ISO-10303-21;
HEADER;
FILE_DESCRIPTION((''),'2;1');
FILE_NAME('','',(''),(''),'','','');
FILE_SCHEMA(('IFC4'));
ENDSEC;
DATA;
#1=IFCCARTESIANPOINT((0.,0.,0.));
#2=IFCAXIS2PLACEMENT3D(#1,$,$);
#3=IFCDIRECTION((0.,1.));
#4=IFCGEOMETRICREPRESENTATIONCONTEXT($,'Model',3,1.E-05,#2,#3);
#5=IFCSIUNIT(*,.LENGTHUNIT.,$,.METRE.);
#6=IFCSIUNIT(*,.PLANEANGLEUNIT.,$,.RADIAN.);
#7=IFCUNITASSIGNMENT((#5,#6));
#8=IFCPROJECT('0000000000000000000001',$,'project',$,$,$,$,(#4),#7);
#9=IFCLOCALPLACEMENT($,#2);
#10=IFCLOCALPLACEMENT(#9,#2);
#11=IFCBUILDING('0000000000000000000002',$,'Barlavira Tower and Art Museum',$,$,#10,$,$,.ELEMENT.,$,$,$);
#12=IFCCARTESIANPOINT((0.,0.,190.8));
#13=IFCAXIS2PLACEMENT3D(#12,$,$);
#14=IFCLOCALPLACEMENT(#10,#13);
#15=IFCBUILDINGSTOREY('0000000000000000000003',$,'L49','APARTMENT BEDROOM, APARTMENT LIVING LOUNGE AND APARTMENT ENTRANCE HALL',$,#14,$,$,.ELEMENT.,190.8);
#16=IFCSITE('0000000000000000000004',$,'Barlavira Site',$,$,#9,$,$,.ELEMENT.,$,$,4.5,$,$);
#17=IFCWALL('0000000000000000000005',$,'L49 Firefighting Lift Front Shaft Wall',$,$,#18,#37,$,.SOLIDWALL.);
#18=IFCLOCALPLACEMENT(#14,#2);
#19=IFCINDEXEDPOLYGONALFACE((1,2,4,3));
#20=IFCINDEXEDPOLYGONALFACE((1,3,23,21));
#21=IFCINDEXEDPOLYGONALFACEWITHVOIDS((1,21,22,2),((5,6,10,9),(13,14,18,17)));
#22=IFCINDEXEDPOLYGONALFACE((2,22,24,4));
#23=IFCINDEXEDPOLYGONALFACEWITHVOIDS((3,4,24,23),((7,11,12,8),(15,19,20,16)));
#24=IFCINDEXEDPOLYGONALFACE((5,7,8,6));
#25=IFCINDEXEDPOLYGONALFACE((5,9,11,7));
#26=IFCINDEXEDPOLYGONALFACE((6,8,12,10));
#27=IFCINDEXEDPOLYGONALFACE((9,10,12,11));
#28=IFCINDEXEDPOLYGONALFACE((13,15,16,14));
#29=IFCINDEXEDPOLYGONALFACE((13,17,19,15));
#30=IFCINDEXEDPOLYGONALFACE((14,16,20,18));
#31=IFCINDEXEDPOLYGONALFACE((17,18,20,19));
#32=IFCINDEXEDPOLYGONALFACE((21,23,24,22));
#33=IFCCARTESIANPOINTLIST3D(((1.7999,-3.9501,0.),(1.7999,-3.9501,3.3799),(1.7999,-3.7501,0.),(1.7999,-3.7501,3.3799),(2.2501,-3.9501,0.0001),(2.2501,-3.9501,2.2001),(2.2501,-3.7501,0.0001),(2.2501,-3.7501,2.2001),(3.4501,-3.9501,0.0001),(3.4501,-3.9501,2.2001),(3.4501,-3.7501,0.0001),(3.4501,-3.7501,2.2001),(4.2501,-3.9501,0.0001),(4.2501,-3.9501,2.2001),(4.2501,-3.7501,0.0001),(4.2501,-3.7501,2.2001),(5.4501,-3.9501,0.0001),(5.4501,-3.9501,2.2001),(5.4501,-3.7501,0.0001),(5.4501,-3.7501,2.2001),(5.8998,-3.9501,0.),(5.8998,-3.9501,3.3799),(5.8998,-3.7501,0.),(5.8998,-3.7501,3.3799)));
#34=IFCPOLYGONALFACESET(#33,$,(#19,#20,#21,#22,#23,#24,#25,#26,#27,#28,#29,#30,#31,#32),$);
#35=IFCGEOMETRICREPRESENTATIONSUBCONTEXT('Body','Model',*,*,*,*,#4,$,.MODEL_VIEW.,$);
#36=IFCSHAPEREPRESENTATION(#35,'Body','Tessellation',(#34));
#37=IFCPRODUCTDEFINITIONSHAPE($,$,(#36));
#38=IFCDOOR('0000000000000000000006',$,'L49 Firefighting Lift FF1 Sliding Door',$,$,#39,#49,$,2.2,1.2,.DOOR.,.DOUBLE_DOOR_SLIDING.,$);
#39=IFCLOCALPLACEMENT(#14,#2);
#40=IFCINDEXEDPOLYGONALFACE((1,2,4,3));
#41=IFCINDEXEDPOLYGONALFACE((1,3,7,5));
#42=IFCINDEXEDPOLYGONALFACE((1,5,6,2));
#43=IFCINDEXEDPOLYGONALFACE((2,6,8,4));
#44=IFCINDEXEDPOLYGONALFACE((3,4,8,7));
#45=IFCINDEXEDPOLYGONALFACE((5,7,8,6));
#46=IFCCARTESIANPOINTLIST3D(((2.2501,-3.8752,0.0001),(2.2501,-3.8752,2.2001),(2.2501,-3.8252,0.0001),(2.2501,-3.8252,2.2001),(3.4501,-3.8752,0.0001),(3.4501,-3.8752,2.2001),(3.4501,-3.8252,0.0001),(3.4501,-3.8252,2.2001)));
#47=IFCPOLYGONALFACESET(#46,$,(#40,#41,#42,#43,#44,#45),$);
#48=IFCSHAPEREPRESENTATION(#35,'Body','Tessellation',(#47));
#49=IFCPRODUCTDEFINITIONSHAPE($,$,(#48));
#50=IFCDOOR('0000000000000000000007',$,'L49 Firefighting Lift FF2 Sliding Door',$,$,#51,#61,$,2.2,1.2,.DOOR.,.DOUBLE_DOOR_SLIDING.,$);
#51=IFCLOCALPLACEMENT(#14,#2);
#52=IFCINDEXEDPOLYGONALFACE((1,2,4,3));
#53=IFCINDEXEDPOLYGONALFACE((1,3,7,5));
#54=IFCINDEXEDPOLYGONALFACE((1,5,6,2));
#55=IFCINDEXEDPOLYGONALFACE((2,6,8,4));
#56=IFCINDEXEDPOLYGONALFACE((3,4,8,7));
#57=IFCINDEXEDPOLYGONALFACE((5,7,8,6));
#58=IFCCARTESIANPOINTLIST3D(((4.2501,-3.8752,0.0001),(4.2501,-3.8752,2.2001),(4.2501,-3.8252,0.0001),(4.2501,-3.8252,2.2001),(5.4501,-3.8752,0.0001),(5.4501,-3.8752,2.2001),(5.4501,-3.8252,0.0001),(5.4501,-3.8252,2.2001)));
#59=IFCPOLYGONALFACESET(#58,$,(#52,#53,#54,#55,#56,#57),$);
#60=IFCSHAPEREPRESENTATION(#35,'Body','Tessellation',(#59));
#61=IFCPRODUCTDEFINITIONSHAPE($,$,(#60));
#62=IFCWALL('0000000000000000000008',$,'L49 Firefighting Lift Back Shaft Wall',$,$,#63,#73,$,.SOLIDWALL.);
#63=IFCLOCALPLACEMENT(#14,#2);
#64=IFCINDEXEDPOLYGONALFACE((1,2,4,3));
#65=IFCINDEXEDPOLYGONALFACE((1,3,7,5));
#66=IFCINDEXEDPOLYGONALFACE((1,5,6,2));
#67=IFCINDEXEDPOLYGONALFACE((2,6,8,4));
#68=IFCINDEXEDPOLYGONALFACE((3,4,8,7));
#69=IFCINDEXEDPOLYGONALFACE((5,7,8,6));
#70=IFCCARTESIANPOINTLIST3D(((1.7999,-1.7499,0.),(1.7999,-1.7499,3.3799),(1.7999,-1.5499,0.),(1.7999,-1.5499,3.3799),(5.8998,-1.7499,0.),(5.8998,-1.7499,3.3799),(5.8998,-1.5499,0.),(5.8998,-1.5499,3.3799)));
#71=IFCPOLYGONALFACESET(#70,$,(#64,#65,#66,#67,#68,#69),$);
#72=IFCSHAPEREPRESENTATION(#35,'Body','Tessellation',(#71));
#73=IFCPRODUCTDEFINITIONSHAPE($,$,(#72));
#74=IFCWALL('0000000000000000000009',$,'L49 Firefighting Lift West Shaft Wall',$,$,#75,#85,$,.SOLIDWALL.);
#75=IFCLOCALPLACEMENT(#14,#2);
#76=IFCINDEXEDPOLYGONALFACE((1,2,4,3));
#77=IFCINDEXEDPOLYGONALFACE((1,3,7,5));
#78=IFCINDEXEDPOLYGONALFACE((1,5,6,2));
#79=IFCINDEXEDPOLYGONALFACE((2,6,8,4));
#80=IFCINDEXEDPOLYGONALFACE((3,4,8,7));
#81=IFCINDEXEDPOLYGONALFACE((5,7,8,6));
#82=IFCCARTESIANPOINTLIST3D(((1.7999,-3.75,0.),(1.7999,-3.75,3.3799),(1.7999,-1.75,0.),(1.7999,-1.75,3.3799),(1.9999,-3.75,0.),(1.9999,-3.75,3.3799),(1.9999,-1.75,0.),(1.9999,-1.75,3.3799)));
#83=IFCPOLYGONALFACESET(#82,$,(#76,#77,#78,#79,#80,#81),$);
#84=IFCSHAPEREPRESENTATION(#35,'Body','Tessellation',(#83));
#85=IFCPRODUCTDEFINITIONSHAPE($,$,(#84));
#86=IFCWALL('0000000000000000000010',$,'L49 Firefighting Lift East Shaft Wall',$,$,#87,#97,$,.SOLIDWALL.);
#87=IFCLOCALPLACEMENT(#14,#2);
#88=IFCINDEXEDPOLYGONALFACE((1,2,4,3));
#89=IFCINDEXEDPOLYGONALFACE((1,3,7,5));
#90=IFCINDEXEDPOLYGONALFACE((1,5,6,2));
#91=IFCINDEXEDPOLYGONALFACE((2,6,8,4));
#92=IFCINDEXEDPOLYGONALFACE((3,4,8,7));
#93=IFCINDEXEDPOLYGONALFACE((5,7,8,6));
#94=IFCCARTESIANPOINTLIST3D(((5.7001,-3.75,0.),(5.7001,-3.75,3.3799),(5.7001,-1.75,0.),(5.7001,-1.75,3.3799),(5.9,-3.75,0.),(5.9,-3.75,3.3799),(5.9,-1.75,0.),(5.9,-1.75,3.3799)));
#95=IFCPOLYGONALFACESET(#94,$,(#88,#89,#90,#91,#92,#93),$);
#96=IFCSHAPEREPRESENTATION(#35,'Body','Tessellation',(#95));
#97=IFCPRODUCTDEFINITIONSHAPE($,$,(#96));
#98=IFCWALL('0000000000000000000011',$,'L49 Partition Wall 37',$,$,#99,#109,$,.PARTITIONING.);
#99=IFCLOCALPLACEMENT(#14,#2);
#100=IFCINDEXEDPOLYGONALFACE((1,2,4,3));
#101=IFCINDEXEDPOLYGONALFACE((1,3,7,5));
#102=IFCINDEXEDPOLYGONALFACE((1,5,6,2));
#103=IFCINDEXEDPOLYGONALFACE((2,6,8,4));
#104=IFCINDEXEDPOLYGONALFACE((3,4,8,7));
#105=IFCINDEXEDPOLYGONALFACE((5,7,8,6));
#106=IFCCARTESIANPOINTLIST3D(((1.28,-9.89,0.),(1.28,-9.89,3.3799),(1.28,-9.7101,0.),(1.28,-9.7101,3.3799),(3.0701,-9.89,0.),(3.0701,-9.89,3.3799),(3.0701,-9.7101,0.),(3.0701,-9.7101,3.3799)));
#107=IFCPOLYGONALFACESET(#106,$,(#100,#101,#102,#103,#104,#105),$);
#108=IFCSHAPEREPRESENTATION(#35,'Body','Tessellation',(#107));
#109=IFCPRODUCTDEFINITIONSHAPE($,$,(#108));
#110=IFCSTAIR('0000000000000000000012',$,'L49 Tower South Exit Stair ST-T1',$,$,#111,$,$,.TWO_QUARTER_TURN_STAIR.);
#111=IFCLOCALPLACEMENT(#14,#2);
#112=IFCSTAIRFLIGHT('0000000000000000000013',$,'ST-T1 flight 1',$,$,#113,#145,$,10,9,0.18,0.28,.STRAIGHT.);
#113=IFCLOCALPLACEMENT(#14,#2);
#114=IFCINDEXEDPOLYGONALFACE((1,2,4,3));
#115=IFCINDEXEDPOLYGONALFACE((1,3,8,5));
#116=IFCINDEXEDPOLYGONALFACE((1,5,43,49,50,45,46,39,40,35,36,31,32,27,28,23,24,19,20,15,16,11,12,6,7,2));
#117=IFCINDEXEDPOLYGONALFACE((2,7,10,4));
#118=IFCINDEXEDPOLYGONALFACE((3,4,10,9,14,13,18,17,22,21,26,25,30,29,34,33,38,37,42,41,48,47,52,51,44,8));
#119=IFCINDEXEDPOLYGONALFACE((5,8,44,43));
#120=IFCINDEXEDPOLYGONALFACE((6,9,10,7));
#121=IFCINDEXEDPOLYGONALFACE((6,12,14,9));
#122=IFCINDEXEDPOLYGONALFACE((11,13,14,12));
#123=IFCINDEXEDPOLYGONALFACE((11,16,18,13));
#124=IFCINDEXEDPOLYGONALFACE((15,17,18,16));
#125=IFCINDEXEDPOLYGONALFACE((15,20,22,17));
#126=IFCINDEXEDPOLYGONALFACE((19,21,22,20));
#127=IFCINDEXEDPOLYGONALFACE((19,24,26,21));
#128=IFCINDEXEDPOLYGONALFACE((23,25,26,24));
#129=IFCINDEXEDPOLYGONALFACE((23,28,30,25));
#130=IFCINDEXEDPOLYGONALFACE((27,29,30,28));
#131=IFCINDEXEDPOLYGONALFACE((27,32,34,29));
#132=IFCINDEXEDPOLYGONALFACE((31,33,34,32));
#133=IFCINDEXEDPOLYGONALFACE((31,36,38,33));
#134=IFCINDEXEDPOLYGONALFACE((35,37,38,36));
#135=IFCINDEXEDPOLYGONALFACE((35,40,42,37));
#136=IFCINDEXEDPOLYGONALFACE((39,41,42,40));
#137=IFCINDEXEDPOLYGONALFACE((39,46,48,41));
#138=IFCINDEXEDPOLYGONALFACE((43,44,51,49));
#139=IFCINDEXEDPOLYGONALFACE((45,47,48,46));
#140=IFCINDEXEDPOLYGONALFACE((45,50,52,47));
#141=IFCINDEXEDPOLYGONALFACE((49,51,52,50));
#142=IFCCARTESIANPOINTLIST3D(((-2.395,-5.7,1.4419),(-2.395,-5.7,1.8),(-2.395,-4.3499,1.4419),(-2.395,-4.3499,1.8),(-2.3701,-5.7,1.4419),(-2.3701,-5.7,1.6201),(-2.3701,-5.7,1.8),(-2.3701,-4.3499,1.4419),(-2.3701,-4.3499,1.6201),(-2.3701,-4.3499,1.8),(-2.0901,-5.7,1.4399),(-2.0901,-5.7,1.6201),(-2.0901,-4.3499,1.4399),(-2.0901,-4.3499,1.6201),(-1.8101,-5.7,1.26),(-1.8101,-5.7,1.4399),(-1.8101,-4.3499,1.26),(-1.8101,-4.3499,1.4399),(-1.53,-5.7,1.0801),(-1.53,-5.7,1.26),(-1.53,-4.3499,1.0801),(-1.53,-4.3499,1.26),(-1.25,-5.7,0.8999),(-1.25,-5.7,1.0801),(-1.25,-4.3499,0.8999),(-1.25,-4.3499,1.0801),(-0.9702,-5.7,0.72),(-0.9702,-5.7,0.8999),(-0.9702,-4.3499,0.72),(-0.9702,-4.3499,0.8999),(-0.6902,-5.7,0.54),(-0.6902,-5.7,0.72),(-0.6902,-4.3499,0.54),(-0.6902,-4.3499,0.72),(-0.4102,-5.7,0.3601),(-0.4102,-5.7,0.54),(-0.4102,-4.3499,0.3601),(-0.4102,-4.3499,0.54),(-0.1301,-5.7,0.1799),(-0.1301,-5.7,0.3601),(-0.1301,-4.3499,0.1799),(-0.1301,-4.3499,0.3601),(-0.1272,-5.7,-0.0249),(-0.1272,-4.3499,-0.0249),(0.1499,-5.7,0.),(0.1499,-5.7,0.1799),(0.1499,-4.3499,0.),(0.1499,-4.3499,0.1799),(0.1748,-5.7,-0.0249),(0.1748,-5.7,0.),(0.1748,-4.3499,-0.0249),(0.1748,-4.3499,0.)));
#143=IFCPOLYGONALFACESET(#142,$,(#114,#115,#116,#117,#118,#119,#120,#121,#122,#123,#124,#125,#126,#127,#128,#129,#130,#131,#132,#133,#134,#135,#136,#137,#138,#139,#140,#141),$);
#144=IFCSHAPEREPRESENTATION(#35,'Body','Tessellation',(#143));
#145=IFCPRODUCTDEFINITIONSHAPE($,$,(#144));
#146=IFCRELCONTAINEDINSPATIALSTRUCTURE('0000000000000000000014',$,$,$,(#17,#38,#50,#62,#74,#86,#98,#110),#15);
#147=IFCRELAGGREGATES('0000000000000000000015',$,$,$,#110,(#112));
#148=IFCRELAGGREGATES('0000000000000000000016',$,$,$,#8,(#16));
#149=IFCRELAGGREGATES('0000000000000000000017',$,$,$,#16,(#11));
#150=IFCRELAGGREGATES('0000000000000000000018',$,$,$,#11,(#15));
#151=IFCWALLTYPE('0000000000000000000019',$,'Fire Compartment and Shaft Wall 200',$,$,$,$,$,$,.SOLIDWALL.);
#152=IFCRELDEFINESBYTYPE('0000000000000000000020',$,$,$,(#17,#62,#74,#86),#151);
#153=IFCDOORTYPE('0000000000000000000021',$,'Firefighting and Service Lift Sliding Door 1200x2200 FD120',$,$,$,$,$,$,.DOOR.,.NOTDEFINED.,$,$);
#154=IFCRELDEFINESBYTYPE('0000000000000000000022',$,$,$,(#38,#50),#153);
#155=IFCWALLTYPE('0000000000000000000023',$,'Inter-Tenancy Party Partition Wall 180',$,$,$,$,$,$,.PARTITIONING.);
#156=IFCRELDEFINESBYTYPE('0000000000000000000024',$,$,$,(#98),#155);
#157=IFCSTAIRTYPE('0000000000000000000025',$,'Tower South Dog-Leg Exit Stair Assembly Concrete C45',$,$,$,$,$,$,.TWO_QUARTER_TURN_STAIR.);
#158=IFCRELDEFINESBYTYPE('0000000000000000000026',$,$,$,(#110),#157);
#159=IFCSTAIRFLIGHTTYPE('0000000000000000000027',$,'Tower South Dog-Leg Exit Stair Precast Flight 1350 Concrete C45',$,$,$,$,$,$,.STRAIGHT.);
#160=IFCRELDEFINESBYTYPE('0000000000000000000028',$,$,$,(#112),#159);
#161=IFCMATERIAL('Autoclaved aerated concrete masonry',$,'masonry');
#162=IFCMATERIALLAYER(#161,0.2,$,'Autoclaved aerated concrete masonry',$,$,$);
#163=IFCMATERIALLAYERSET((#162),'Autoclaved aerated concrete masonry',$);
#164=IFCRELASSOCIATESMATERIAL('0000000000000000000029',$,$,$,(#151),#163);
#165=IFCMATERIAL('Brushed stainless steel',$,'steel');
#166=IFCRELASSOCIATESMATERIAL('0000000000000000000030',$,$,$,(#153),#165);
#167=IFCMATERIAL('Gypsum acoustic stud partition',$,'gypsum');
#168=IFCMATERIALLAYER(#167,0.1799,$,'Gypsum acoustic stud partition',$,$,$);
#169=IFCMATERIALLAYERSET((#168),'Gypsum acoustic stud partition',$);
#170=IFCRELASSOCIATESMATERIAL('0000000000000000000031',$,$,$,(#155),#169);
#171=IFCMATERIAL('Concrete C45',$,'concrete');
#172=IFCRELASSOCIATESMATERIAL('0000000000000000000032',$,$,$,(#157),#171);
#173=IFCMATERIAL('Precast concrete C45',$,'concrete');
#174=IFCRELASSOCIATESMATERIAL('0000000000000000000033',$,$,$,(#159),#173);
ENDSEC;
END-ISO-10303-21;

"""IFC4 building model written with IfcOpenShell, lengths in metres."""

from ifc_helpers import new_model, si_unit, direction, frame, frame_2d, origin, place, context, subcontext, project, spatial, polyline, rectangle, outline, extrude, material, layer, layer_set, type_object, element, fill, aggregate, save


model = new_model("IFC4")

# Units and contexts
model_context = context("Model", 3, precision=1e-05, world=origin(), true_north=direction((0.0, 1.0)))
body_context = subcontext(model_context, "Body", "Model", "MODEL_VIEW")
ifc_project = project(units=[si_unit("LENGTHUNIT", "METRE"), si_unit("PLANEANGLEUNIT", "RADIAN")], contexts=[model_context])

# Site, building, storey
site_placement = place(None, origin())
site = spatial("IfcSite", under=ifc_project, at=site_placement, Name="Barlavira Site", CompositionType="ELEMENT", RefElevation=4.5)
building_placement = place(site_placement, origin())
building = spatial("IfcBuilding", under=site, at=building_placement, Name="Barlavira Tower and Art Museum", CompositionType="ELEMENT")
storey_placement = place(building_placement, frame((0.0, 0.0, 190.8)))
storey = spatial("IfcBuildingStorey", under=building, at=storey_placement, Name="L49", Description="APARTMENT BEDROOM, APARTMENT LIVING LOUNGE AND APARTMENT ENTRANCE HALL", CompositionType="ELEMENT", Elevation=190.8)

# Shared definitions
ifc_material_1 = material(Name="Brushed stainless steel", Category="steel")

# Shared definitions
ifc_material_2 = material(Name="Autoclaved aerated concrete masonry", Category="masonry")
ifc_layer_1 = layer(ifc_material_2, 0.2, Name="Autoclaved aerated concrete masonry")
ifc_layer_set_1 = layer_set([ifc_layer_1], Name="Autoclaved aerated concrete masonry")
wall_type_1 = type_object("IfcWallType", Name="Fire Compartment and Shaft Wall 200", PredefinedType="SOLIDWALL", material=ifc_layer_set_1)

# Wall, openings, doors
wall_1_placement = place(storey_placement, frame((1.8, -3.8501, 0.0), z_axis=(0.0, 0.0, 1.0), x_axis=(1.0, 0.0, 0.0)))
wall_1 = element("IfcWall", 1, at=wall_1_placement, inside=storey, type_object=wall_type_1, Name="L49 Firefighting Lift Front Shaft Wall", PredefinedType="SOLIDWALL", context=body_context, shape_type="SweptSolid", body=[
    extrude(rectangle(XDim=4.0999, YDim=0.2, at=frame_2d((2.0498, 0.0))), origin(), (0.0, 0.0, 1.0), 3.3799),
])
opening_1_placement = place(wall_1_placement, frame((0.45, 0.0, 0.0)))
opening_1 = element("IfcOpeningElement", 2, at=opening_1_placement, cuts=wall_1, PredefinedType="OPENING", context=body_context, shape_type="SweptSolid", body=[
    extrude(rectangle(XDim=1.2, YDim=2.2, at=frame_2d((0.6001, 1.1001))), frame((0.0, 0.1099, 0.0), z_axis=(0.0, -1.0, 0.0), x_axis=(1.0, 0.0, 0.0)), (0.0, 0.0, 1.0), 0.22),
])
opening_2_placement = place(wall_1_placement, frame((2.45, 0.0, 0.0)))
opening_2 = element("IfcOpeningElement", 3, at=opening_2_placement, cuts=wall_1, PredefinedType="OPENING", context=body_context, shape_type="SweptSolid", body=[
    extrude(rectangle(XDim=1.2, YDim=2.2, at=frame_2d((0.6001, 1.1001))), frame((0.0, 0.1099, 0.0), z_axis=(0.0, -1.0, 0.0), x_axis=(1.0, 0.0, 0.0)), (0.0, 0.0, 1.0), 0.22),
])
door_type_1 = type_object("IfcDoorType", Name="Firefighting and Service Lift Sliding Door 1200x2200 FD120", OperationType="NOTDEFINED", PredefinedType="DOOR", material=ifc_material_1)
door_1_placement = place(opening_1_placement, origin())
door_1 = element("IfcDoor", 4, at=door_1_placement, inside=storey, type_object=door_type_1, Name="L49 Firefighting Lift FF1 Sliding Door", OperationType="DOUBLE_DOOR_SLIDING", OverallHeight=2.2, OverallWidth=1.2, PredefinedType="DOOR", context=body_context, shape_type="SweptSolid", body=[
    extrude(rectangle(XDim=1.2, YDim=2.2, at=frame_2d((0.6001, 1.1001))), frame((0.0, 0.0249, 0.0), z_axis=(0.0, -1.0, 0.0), x_axis=(1.0, 0.0, 0.0)), (0.0, 0.0, 1.0), 0.05),
])
fill(opening_1, door_1)
door_2_placement = place(opening_2_placement, origin())
door_2 = element("IfcDoor", 5, at=door_2_placement, inside=storey, type_object=door_type_1, Name="L49 Firefighting Lift FF2 Sliding Door", OperationType="DOUBLE_DOOR_SLIDING", OverallHeight=2.2, OverallWidth=1.2, PredefinedType="DOOR", context=body_context, shape_type="SweptSolid", body=[
    extrude(rectangle(XDim=1.2, YDim=2.2, at=frame_2d((0.6001, 1.1001))), frame((0.0, 0.0249, 0.0), z_axis=(0.0, -1.0, 0.0), x_axis=(1.0, 0.0, 0.0)), (0.0, 0.0, 1.0), 0.05),
])
fill(opening_2, door_2)

# Walls
wall_2_placement = place(storey_placement, frame((1.8, -1.6499, 0.0), z_axis=(0.0, 0.0, 1.0), x_axis=(1.0, 0.0, 0.0)))
element("IfcWall", 6, at=wall_2_placement, inside=storey, type_object=wall_type_1, Name="L49 Firefighting Lift Back Shaft Wall", PredefinedType="SOLIDWALL", context=body_context, shape_type="SweptSolid", body=[
    extrude(rectangle(XDim=4.0999, YDim=0.2, at=frame_2d((2.0498, 0.0))), origin(), (0.0, 0.0, 1.0), 3.3799),
])
for number, where, z_axis, x_axis, name in (
    (7, (1.8999, -3.75, 0.0), (0.0, 0.0, 1.0), (0.0, 1.0, 0.0), "L49 Firefighting Lift West Shaft Wall"),
    (8, (5.8, -3.75, 0.0), (0.0, 0.0, 1.0), (0.0, 1.0, 0.0), "L49 Firefighting Lift East Shaft Wall"),
):
    element("IfcWall", number, at=place(storey_placement, frame(where, z_axis=z_axis, x_axis=x_axis)), inside=storey, type_object=wall_type_1, Name=name, PredefinedType="SOLIDWALL", context=body_context, shape_type="SweptSolid", body=[
        extrude(rectangle(XDim=2.0, YDim=0.2, at=frame_2d((1.0, 0.0))), origin(), (0.0, 0.0, 1.0), 3.3799),
    ])
ifc_material_3 = material(Name="Gypsum acoustic stud partition", Category="gypsum")
ifc_layer_2 = layer(ifc_material_3, 0.1799, Name="Gypsum acoustic stud partition")
ifc_layer_set_2 = layer_set([ifc_layer_2], Name="Gypsum acoustic stud partition")
wall_type_2 = type_object("IfcWallType", Name="Inter-Tenancy Party Partition Wall 180", PredefinedType="PARTITIONING", material=ifc_layer_set_2)
wall_3_placement = place(storey_placement, frame((1.28, -9.8, 0.0), z_axis=(0.0, 0.0, 1.0), x_axis=(1.0, 0.0, 0.0)))
element("IfcWall", 9, at=wall_3_placement, inside=storey, type_object=wall_type_2, Name="L49 Partition Wall 37", PredefinedType="PARTITIONING", context=body_context, shape_type="SweptSolid", body=[
    extrude(rectangle(XDim=1.79, YDim=0.1799, at=frame_2d((0.895, 0.0))), origin(), (0.0, 0.0, 1.0), 3.3799),
])

# Stair, stair flight
ifc_material_4 = material(Name="Concrete C45", Category="concrete")
stair_type = type_object("IfcStairType", Name="Tower South Dog-Leg Exit Stair Assembly Concrete C45", PredefinedType="TWO_QUARTER_TURN_STAIR", material=ifc_material_4)
stair_placement = place(storey_placement, origin())
stair = element("IfcStair", 10, at=stair_placement, inside=storey, type_object=stair_type, Name="L49 Tower South Exit Stair ST-T1", PredefinedType="TWO_QUARTER_TURN_STAIR")
ifc_material_5 = material(Name="Precast concrete C45", Category="concrete")
stair_flight_type = type_object("IfcStairFlightType", Name="Tower South Dog-Leg Exit Stair Precast Flight 1350 Concrete C45", PredefinedType="STRAIGHT", material=ifc_material_5)
stair_flight_placement = place(storey_placement, frame((0.1499, -5.0249, 0.0), z_axis=(0.0, 0.0, 1.0), x_axis=(-1.0, 0.0, 0.0)))
stair_flight = element("IfcStairFlight", 11, at=stair_flight_placement, type_object=stair_flight_type, Name="ST-T1 flight 1", NumberOfRisers=10, NumberOfTreads=9, PredefinedType="STRAIGHT", RiserHeight=0.18, TreadLength=0.28, context=body_context, shape_type="SweptSolid", body=[
    extrude(outline(polyline([(-0.0249, 0.0), (0.0, 0.0), (0.0, 0.1799), (0.28, 0.1799), (0.28, 0.3601), (0.5601, 0.3601), (0.5601, 0.54), (0.8401, 0.54), (0.8401, 0.72), (1.1201, 0.72), (1.1201, 0.8999), (1.3999, 0.8999), (1.3999, 1.0801), (1.6799, 1.0801), (1.6799, 1.26), (1.96, 1.26), (1.96, 1.4399), (2.24, 1.4399), (2.24, 1.6201), (2.52, 1.6201), (2.52, 1.8), (2.5449, 1.8), (2.5449, 1.4419), (2.52, 1.4419), (0.2771, -0.0249), (-0.0249, -0.0249), (-0.0249, 0.0)])), frame((0.0, 0.675, 0.0), z_axis=(0.0, -1.0, 0.0), x_axis=(1.0, 0.0, 0.0)), (0.0, 0.0, 1.0), 1.3501),
])
aggregate(stair, [stair_flight])

save(model, "model.ifc")
